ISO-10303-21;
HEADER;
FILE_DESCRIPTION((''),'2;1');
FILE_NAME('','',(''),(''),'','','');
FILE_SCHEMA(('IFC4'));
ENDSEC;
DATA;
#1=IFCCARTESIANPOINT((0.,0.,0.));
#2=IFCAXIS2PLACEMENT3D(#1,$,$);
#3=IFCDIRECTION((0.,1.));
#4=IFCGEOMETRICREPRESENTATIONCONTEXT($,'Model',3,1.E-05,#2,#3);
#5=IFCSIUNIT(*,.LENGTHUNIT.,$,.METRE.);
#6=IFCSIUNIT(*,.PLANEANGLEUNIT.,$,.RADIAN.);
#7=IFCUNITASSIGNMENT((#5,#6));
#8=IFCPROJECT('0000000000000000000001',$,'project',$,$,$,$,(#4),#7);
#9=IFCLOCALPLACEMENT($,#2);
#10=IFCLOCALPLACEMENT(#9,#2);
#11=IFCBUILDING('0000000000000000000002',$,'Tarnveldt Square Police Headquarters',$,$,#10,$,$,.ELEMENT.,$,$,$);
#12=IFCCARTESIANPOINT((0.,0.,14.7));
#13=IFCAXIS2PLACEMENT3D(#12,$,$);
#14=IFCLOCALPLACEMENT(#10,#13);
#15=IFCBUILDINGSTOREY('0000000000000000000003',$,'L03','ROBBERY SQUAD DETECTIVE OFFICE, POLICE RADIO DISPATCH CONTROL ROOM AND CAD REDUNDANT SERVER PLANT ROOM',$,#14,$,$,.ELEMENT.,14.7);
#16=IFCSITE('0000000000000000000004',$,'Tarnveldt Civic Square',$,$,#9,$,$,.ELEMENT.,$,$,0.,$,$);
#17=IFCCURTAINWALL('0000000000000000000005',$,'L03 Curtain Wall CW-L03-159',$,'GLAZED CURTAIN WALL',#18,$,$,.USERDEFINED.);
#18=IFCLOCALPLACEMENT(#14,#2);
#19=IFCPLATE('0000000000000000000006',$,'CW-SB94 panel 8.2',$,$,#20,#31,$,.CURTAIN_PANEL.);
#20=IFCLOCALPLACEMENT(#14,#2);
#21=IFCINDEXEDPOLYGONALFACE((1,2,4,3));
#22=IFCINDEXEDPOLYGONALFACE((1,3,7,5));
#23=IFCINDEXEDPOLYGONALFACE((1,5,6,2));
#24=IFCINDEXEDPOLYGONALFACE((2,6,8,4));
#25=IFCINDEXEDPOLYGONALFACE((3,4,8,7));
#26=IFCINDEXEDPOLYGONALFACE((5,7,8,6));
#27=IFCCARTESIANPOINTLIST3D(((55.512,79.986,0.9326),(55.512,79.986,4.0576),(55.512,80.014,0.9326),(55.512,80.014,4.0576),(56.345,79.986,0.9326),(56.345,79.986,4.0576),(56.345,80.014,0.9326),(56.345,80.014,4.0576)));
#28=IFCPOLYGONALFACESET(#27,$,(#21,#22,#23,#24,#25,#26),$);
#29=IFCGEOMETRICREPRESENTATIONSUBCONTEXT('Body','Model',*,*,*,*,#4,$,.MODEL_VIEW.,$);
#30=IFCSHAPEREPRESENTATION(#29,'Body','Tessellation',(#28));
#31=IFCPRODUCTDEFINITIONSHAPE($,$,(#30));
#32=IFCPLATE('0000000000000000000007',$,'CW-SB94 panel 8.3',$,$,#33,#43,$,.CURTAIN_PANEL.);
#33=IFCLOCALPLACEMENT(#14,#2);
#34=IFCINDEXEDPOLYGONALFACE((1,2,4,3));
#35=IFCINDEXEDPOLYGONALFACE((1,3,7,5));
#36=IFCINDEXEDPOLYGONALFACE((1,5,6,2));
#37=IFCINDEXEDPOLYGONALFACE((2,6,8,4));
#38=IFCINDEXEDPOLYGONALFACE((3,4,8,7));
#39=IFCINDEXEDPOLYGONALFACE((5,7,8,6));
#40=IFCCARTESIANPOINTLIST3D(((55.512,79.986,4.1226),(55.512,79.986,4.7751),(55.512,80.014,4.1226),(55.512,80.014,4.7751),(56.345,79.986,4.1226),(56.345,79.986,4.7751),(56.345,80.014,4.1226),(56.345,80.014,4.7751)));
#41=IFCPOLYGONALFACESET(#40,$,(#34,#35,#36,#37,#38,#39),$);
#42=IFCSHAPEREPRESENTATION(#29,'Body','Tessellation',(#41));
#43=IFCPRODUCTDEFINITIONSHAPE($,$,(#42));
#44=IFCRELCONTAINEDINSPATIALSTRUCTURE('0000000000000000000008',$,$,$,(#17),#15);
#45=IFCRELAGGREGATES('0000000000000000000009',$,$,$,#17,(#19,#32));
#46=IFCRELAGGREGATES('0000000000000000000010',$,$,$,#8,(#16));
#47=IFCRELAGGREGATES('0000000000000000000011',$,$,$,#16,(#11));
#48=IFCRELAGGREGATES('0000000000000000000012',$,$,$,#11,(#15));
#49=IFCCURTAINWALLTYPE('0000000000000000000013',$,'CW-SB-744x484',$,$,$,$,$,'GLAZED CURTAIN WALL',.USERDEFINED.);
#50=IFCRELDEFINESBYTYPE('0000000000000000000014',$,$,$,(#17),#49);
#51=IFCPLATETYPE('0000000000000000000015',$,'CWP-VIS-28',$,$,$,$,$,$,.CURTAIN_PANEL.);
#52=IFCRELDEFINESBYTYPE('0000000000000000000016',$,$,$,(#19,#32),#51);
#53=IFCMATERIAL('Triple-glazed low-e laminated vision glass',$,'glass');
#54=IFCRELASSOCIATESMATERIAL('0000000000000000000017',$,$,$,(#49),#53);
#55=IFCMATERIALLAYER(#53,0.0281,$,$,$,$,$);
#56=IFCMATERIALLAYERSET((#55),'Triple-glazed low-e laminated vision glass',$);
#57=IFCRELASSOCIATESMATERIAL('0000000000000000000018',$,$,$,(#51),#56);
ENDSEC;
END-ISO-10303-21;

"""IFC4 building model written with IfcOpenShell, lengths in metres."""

from ifc_helpers import new_model, si_unit, direction, frame, origin, origin_2d, place, context, subcontext, project, spatial, rectangle, extrude, material, layer, layer_set, type_object, element, aggregate, save


model = new_model("IFC4")

# Units and contexts
model_context = context("Model", 3, precision=1e-05, world=origin(), true_north=direction((0.0, 1.0)))
body_context = subcontext(model_context, "Body", "Model", "MODEL_VIEW")
ifc_project = project(units=[si_unit("LENGTHUNIT", "METRE"), si_unit("PLANEANGLEUNIT", "RADIAN")], contexts=[model_context])

# Site, building, storey
site_placement = place(None, origin())
site = spatial("IfcSite", under=ifc_project, at=site_placement, Name="Tarnveldt Civic Square", CompositionType="ELEMENT", RefElevation=0.0)
building_placement = place(site_placement, origin())
building = spatial("IfcBuilding", under=site, at=building_placement, Name="Tarnveldt Square Police Headquarters", CompositionType="ELEMENT")
storey_placement = place(building_placement, frame((0.0, 0.0, 14.7)))
storey = spatial("IfcBuildingStorey", under=building, at=storey_placement, Name="L03", Description="ROBBERY SQUAD DETECTIVE OFFICE, POLICE RADIO DISPATCH CONTROL ROOM AND CAD REDUNDANT SERVER PLANT ROOM", CompositionType="ELEMENT", Elevation=14.7)

# Curtain wall
ifc_material_1 = material(Name="Triple-glazed low-e laminated vision glass", Category="glass")
curtain_wall_type_1 = type_object("IfcCurtainWallType", Name="CW-SB-744x484", ElementType="GLAZED CURTAIN WALL", PredefinedType="USERDEFINED", material=ifc_material_1)
curtain_wall_1_placement = place(storey_placement, origin())
curtain_wall_1 = element("IfcCurtainWall", 1, at=curtain_wall_1_placement, inside=storey, type_object=curtain_wall_type_1, Name="L03 Curtain Wall CW-L03-159", ObjectType="GLAZED CURTAIN WALL", PredefinedType="USERDEFINED")

# Plates
ifc_layer = layer(ifc_material_1, 0.0281)
ifc_layer_set = layer_set([ifc_layer], Name="Triple-glazed low-e laminated vision glass")
plate_type = type_object("IfcPlateType", Name="CWP-VIS-28", PredefinedType="CURTAIN_PANEL", material=ifc_layer_set)
plate_1_placement = place(storey_placement, frame((55.9285, 80.0, 0.9326), z_axis=(0.0, 0.0, 1.0), x_axis=(1.0, 0.0, 0.0)))
plate_1 = element("IfcPlate", 2, at=plate_1_placement, type_object=plate_type, Name="CW-SB94 panel 8.2", PredefinedType="CURTAIN_PANEL", context=body_context, shape_type="SweptSolid", body=[
    extrude(rectangle(XDim=0.833, YDim=0.0281, at=origin_2d()), origin(), (0.0, 0.0, 1.0), 3.125),
])
plate_2_placement = place(storey_placement, frame((55.9285, 80.0, 4.1226), z_axis=(0.0, 0.0, 1.0), x_axis=(1.0, 0.0, 0.0)))
plate_2 = element("IfcPlate", 3, at=plate_2_placement, type_object=plate_type, Name="CW-SB94 panel 8.3", PredefinedType="CURTAIN_PANEL", context=body_context, shape_type="SweptSolid", body=[
    extrude(rectangle(XDim=0.833, YDim=0.0281, at=origin_2d()), origin(), (0.0, 0.0, 1.0), 0.6526),
])
aggregate(curtain_wall_1, [plate_1, plate_2])

save(model, "model.ifc")
